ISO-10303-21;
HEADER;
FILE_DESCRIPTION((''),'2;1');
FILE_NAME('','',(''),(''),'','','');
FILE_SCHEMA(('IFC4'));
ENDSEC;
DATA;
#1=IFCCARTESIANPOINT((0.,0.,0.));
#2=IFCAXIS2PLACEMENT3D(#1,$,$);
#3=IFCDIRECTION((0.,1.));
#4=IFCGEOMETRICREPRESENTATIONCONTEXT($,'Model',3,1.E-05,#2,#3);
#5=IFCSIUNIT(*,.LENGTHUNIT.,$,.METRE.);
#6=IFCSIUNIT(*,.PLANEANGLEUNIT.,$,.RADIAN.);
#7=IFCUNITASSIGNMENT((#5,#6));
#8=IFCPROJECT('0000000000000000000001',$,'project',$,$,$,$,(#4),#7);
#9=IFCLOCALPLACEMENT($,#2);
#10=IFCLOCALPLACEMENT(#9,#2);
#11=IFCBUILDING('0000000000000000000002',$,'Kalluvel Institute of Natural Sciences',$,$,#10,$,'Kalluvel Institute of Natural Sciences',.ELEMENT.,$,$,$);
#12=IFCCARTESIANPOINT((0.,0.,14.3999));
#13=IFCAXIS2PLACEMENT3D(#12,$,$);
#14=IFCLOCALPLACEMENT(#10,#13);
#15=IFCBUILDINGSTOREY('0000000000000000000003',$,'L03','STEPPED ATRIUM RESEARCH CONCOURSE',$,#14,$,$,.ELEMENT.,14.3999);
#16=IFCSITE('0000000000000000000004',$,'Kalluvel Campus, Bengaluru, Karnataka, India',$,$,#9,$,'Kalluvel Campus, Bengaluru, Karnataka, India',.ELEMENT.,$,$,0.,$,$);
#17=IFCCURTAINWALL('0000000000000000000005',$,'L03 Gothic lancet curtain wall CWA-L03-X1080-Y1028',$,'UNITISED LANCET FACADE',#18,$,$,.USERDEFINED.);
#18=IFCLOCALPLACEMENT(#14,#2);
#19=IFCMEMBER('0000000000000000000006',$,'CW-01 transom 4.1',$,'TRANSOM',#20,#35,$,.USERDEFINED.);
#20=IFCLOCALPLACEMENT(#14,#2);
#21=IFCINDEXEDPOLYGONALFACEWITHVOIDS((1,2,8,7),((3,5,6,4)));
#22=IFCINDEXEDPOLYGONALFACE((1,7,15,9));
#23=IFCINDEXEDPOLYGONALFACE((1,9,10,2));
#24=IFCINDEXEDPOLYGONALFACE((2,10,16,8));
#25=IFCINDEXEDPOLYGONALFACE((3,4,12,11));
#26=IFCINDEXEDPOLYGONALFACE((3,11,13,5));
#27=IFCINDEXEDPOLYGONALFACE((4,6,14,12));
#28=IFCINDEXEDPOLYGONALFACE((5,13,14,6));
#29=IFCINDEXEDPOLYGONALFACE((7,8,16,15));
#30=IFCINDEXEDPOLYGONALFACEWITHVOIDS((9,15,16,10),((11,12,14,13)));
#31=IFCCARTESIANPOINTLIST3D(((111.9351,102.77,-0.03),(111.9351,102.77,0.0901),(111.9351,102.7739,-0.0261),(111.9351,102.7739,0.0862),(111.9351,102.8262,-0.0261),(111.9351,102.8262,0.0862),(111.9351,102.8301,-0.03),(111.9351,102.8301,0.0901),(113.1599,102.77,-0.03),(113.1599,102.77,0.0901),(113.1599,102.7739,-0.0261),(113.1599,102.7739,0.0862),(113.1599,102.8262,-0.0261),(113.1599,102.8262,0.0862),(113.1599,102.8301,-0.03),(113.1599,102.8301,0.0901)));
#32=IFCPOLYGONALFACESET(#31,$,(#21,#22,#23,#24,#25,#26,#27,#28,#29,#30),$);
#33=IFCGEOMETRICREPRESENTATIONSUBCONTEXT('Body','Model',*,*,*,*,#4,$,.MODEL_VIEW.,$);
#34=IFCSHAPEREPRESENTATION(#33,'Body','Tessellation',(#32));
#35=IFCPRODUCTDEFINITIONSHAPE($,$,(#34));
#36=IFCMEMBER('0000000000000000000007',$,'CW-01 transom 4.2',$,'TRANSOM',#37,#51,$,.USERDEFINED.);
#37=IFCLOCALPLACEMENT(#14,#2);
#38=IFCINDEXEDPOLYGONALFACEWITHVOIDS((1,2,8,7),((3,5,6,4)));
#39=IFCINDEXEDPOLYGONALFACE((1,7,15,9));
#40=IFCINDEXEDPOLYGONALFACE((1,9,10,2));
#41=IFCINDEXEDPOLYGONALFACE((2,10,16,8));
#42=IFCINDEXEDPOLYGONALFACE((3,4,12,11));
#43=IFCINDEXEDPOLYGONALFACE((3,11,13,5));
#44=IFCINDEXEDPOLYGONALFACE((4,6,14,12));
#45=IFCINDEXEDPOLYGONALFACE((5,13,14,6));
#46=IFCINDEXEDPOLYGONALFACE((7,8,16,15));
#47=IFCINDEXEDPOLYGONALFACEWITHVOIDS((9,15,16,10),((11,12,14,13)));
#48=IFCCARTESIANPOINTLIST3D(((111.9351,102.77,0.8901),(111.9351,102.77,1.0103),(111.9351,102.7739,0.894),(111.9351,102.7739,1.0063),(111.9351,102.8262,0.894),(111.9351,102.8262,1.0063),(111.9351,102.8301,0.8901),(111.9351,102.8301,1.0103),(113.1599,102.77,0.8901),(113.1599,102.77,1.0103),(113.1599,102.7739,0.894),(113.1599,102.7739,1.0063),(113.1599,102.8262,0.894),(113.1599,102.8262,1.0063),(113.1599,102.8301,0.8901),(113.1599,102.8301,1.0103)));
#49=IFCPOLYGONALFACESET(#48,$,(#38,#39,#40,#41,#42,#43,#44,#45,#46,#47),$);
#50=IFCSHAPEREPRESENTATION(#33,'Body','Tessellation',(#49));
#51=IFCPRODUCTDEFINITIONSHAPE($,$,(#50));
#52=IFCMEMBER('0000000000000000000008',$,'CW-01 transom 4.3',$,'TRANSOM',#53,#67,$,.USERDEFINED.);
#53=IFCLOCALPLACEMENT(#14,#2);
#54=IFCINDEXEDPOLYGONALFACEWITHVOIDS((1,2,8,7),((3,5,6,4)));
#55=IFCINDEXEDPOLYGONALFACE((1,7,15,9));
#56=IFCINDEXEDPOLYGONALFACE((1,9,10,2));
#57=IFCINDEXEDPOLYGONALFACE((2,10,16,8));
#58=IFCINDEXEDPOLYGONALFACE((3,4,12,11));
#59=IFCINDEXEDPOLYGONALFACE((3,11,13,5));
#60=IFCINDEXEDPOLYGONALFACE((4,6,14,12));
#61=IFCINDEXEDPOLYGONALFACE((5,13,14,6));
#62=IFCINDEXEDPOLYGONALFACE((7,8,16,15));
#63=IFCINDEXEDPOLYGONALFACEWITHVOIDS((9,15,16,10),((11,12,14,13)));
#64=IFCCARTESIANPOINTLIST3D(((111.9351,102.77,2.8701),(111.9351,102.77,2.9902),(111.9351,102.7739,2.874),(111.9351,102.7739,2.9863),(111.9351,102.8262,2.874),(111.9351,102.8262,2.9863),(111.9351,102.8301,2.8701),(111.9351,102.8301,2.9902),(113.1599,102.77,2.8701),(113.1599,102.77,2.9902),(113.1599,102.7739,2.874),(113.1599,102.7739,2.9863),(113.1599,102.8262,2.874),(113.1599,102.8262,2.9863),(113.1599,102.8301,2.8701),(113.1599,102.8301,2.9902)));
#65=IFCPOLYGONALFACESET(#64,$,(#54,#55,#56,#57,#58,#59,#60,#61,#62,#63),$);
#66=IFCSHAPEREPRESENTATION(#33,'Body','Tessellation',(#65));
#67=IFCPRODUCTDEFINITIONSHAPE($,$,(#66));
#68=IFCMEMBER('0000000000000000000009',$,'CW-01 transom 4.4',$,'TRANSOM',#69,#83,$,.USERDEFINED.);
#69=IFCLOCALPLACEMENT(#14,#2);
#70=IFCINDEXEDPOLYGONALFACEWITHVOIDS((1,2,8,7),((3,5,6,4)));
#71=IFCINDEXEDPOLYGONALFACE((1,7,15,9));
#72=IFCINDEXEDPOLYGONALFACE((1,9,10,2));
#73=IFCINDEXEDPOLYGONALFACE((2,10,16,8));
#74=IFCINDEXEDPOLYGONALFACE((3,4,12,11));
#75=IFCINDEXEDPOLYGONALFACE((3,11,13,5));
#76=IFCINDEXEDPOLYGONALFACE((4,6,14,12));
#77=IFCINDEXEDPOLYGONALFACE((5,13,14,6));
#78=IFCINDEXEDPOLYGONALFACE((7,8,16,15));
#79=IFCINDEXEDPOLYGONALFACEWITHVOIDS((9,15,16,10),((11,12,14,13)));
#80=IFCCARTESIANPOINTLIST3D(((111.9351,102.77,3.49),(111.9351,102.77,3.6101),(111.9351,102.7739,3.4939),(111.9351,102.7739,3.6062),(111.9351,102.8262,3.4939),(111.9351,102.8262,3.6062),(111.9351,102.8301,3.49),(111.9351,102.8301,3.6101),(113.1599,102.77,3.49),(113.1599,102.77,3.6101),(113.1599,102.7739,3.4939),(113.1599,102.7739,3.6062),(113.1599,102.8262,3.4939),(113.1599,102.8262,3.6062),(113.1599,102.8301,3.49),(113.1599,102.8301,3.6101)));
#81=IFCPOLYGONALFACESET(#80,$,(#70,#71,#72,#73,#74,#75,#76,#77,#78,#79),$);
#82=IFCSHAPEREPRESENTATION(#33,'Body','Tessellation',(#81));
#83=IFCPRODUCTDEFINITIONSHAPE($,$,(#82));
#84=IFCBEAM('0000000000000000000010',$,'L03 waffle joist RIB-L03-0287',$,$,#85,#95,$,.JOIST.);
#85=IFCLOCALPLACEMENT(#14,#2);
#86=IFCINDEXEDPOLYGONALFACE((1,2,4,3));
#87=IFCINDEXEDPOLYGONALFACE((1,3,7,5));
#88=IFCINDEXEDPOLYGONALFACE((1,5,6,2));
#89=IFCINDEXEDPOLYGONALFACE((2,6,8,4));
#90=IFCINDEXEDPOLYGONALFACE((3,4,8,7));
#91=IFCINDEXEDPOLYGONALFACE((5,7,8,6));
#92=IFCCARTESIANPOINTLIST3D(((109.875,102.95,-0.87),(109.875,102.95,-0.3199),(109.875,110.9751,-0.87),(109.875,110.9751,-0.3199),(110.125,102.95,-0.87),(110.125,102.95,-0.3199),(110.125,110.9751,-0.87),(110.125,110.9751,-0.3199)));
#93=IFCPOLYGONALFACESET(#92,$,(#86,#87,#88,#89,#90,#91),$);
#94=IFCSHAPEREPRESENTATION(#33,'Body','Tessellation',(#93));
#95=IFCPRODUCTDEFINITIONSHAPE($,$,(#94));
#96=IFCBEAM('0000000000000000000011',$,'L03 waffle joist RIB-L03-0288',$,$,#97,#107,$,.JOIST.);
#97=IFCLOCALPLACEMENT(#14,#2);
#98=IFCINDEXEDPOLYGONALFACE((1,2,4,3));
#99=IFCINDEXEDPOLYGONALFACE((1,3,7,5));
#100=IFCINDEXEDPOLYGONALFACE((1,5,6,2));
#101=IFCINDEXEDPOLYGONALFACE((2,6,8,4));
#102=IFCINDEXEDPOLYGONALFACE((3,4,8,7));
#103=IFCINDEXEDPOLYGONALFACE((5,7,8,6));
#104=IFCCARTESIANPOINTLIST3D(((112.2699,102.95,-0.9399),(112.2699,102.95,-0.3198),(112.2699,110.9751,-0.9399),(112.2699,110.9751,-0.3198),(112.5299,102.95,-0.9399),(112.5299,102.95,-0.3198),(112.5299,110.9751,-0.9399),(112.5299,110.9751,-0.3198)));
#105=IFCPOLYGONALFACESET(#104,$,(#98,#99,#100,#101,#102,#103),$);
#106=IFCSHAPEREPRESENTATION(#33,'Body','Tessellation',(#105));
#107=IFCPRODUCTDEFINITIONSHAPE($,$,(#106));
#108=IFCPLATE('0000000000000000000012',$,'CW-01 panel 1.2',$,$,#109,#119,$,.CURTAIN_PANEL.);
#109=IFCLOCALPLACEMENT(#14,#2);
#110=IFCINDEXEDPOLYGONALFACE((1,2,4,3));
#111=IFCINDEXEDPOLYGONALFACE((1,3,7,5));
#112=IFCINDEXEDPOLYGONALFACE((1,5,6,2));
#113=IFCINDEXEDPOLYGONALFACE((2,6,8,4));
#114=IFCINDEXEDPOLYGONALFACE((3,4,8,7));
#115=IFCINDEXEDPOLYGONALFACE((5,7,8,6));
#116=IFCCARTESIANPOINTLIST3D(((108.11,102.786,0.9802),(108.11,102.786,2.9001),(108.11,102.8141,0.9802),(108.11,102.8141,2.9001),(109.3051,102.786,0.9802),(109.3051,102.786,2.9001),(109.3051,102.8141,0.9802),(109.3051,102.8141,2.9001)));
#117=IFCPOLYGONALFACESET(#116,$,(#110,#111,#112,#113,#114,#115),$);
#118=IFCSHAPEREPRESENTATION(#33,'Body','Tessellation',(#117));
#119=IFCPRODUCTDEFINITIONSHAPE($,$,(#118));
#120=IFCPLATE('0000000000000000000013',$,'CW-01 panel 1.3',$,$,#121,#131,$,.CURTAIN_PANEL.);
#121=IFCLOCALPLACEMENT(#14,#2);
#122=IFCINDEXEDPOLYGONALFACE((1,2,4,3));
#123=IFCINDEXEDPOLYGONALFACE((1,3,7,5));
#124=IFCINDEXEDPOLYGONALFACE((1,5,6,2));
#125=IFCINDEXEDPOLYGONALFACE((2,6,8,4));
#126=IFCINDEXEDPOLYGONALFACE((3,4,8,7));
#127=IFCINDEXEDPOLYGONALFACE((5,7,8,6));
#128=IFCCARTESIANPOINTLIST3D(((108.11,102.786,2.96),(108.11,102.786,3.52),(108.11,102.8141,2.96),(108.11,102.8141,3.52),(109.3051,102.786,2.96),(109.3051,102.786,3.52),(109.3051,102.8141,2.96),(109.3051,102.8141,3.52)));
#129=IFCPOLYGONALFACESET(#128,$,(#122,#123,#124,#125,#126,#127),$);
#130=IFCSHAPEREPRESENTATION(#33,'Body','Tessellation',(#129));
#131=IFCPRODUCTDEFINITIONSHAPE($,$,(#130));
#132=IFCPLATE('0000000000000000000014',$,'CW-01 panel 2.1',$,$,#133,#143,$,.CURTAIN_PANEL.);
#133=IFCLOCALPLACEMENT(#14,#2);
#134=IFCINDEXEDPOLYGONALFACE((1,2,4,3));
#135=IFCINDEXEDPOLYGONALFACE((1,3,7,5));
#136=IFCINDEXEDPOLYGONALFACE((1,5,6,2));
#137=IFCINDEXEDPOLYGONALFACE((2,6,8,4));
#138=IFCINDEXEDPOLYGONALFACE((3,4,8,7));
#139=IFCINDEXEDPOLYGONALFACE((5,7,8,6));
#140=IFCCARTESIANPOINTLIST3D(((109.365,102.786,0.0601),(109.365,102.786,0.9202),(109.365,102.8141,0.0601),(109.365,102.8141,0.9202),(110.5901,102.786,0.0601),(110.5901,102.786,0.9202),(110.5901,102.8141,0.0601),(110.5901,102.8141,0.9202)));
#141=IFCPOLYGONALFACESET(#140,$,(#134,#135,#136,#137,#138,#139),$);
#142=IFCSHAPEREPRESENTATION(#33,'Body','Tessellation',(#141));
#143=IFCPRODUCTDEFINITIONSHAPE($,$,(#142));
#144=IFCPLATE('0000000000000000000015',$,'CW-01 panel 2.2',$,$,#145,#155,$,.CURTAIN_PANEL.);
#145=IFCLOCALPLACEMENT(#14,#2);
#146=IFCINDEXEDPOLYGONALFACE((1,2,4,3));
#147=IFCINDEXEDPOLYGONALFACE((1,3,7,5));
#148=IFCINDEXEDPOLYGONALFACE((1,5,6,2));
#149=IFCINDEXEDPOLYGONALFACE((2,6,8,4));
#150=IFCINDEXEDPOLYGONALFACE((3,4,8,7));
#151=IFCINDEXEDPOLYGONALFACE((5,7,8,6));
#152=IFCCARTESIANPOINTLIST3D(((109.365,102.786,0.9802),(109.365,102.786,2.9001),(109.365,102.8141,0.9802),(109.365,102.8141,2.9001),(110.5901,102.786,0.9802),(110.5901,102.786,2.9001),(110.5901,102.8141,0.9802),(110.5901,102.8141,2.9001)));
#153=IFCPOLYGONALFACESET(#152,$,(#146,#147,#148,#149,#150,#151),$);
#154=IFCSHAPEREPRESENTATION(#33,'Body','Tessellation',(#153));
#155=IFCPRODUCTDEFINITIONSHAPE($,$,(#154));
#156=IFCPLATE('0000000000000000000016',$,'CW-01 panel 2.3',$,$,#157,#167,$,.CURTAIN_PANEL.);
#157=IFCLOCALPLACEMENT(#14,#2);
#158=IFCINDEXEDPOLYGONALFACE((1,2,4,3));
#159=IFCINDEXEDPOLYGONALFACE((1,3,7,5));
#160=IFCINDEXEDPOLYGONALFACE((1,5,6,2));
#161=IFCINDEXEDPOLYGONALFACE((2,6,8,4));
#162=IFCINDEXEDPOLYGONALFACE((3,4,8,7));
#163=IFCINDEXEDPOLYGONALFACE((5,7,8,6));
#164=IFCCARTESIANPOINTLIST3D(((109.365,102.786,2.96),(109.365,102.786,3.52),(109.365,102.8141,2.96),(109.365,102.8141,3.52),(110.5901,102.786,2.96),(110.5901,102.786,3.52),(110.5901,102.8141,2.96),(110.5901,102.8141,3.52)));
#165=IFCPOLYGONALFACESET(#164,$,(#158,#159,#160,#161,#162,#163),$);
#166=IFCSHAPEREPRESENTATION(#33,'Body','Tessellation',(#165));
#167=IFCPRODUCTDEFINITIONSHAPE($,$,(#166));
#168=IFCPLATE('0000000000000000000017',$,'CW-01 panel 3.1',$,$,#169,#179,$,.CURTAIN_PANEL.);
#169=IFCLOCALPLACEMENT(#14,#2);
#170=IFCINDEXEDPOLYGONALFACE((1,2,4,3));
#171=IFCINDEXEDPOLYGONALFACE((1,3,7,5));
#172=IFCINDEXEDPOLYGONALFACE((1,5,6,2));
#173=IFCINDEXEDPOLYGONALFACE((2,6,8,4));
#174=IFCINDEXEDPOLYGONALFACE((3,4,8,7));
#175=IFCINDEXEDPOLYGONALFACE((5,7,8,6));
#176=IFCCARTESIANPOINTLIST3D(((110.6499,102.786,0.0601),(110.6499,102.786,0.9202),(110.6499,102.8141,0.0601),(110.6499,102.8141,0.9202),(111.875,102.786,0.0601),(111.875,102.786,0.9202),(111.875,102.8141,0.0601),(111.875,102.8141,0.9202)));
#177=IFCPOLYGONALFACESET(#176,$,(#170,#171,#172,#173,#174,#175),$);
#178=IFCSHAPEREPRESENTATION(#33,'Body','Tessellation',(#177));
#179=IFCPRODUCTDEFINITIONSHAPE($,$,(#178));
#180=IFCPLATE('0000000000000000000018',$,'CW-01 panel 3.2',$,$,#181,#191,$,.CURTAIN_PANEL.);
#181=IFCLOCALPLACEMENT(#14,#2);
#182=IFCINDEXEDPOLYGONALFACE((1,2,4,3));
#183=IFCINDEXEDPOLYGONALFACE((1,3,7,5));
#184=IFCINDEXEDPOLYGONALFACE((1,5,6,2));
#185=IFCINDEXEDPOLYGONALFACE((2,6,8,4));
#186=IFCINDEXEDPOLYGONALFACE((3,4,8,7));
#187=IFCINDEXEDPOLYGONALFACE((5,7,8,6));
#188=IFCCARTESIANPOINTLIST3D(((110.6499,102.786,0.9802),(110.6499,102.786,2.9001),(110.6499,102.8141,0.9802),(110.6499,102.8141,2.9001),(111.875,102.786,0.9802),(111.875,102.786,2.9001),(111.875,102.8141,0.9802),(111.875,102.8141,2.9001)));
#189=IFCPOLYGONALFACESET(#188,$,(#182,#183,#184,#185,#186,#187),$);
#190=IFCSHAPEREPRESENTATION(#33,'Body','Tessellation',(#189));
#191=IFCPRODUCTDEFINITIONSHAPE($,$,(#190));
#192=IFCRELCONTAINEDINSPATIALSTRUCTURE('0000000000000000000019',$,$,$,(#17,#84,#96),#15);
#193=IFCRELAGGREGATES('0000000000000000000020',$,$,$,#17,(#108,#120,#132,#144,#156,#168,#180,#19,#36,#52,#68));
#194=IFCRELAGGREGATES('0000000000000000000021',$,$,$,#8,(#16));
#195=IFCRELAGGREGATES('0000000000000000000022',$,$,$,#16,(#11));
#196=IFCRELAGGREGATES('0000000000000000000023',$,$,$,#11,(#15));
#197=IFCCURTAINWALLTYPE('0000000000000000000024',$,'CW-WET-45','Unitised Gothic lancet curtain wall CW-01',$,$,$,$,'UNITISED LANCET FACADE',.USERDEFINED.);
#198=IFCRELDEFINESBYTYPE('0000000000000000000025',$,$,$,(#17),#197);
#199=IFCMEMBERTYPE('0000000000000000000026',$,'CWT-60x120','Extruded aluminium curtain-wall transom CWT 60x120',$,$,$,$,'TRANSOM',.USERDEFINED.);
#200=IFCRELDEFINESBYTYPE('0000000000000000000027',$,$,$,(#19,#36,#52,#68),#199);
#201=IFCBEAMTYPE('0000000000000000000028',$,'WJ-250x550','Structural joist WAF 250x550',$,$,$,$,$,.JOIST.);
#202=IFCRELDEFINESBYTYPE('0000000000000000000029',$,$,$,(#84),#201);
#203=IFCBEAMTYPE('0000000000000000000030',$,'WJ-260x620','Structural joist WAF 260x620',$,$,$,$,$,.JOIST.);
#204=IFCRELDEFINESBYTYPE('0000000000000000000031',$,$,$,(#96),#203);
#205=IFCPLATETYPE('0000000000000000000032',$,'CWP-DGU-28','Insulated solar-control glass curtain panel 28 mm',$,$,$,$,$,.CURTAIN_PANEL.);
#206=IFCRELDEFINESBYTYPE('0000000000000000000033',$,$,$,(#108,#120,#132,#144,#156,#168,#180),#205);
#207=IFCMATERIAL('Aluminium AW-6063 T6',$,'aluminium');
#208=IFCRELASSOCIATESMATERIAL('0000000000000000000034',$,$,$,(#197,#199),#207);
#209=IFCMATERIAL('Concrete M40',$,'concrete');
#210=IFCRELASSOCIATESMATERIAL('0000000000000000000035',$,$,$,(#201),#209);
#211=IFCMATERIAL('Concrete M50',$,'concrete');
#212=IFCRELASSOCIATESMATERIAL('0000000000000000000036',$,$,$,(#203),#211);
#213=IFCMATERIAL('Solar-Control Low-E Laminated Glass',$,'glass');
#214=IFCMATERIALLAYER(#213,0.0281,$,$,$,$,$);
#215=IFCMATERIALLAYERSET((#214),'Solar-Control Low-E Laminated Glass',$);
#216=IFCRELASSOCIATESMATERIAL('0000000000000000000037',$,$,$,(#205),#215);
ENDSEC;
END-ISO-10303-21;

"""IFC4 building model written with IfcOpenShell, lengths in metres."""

from ifc_helpers import new_model, si_unit, direction, frame, origin, origin_2d, place, context, subcontext, project, spatial, rectangle, hollow_rectangle, extrude, material, layer, layer_set, material_profile, profile_set, type_object, element, aggregate, save


model = new_model("IFC4")

# Units and contexts
model_context = context("Model", 3, precision=1e-05, world=origin(), true_north=direction((0.0, 1.0)))
body_context = subcontext(model_context, "Body", "Model", "MODEL_VIEW")
ifc_project = project(units=[si_unit("LENGTHUNIT", "METRE"), si_unit("PLANEANGLEUNIT", "RADIAN")], contexts=[model_context])

# Site, building, storey
site_placement = place(None, origin())
site = spatial("IfcSite", under=ifc_project, at=site_placement, Name="Kalluvel Campus, Bengaluru, Karnataka, India", LongName="Kalluvel Campus, Bengaluru, Karnataka, India", CompositionType="ELEMENT", RefElevation=0.0)
building_placement = place(site_placement, origin())
building = spatial("IfcBuilding", under=site, at=building_placement, Name="Kalluvel Institute of Natural Sciences", LongName="Kalluvel Institute of Natural Sciences", CompositionType="ELEMENT")
storey_placement = place(building_placement, frame((0.0, 0.0, 14.3999)))
storey = spatial("IfcBuildingStorey", under=building, at=storey_placement, Name="L03", Description="STEPPED ATRIUM RESEARCH CONCOURSE", CompositionType="ELEMENT", Elevation=14.3999)

# Curtain wall, members
ifc_material_1 = material(Name="Aluminium AW-6063 T6", Category="aluminium")
curtain_wall_type = type_object("IfcCurtainWallType", Name="CW-WET-45", Description="Unitised Gothic lancet curtain wall CW-01", ElementType="UNITISED LANCET FACADE", PredefinedType="USERDEFINED", material=ifc_material_1)
curtain_wall_placement = place(storey_placement, origin())
curtain_wall = element("IfcCurtainWall", 1, at=curtain_wall_placement, inside=storey, type_object=curtain_wall_type, Name="L03 Gothic lancet curtain wall CWA-L03-X1080-Y1028", ObjectType="UNITISED LANCET FACADE", PredefinedType="USERDEFINED")
ifc_material_profile_1 = material_profile(ifc_material_1, hollow_rectangle(XDim=0.0601, YDim=0.1201, WallThickness=0.0039, at=origin_2d()), Name="CWT 60x120")
ifc_profile_set_1 = profile_set([ifc_material_profile_1], Name="Aluminium AW-6063 T6")
member_type_1 = type_object("IfcMemberType", Name="CWT-60x120", Description="Extruded aluminium curtain-wall transom CWT 60x120", ElementType="TRANSOM", PredefinedType="USERDEFINED", material=ifc_profile_set_1)
member_1_placement = place(storey_placement, frame((111.9351, 102.8, 0.03), z_axis=(1.0, 0.0, 0.0), x_axis=(0.0, 1.0, 0.0)))
member_1 = element("IfcMember", 2, at=member_1_placement, type_object=member_type_1, Name="CW-01 transom 4.1", ObjectType="TRANSOM", PredefinedType="USERDEFINED", context=body_context, shape_type="SweptSolid", body=[
    extrude(hollow_rectangle(XDim=0.0601, YDim=0.1201, WallThickness=0.0039, at=origin_2d()), origin(), (0.0, 0.0, 1.0), 1.2249),
])
member_2_placement = place(storey_placement, frame((111.9351, 102.8, 0.9502), z_axis=(1.0, 0.0, 0.0), x_axis=(0.0, 1.0, 0.0)))
member_2 = element("IfcMember", 3, at=member_2_placement, type_object=member_type_1, Name="CW-01 transom 4.2", ObjectType="TRANSOM", PredefinedType="USERDEFINED", context=body_context, shape_type="SweptSolid", body=[
    extrude(hollow_rectangle(XDim=0.0601, YDim=0.1201, WallThickness=0.0039, at=origin_2d()), origin(), (0.0, 0.0, 1.0), 1.2249),
])
member_3_placement = place(storey_placement, frame((111.9351, 102.8, 2.9302), z_axis=(1.0, 0.0, 0.0), x_axis=(0.0, 1.0, 0.0)))
member_3 = element("IfcMember", 4, at=member_3_placement, type_object=member_type_1, Name="CW-01 transom 4.3", ObjectType="TRANSOM", PredefinedType="USERDEFINED", context=body_context, shape_type="SweptSolid", body=[
    extrude(hollow_rectangle(XDim=0.0601, YDim=0.1201, WallThickness=0.0039, at=origin_2d()), origin(), (0.0, 0.0, 1.0), 1.2249),
])
member_4_placement = place(storey_placement, frame((111.9351, 102.8, 3.55), z_axis=(1.0, 0.0, 0.0), x_axis=(0.0, 1.0, 0.0)))
member_4 = element("IfcMember", 5, at=member_4_placement, type_object=member_type_1, Name="CW-01 transom 4.4", ObjectType="TRANSOM", PredefinedType="USERDEFINED", context=body_context, shape_type="SweptSolid", body=[
    extrude(hollow_rectangle(XDim=0.0601, YDim=0.1201, WallThickness=0.0039, at=origin_2d()), origin(), (0.0, 0.0, 1.0), 1.2249),
])

# Beams
ifc_material_2 = material(Name="Concrete M40", Category="concrete")
ifc_material_profile_2 = material_profile(ifc_material_2, rectangle(XDim=0.25, YDim=0.55, at=origin_2d()), Name="WAF 250x550")
ifc_profile_set_2 = profile_set([ifc_material_profile_2], Name="Concrete M40")
beam_type_1 = type_object("IfcBeamType", Name="WJ-250x550", Description="Structural joist WAF 250x550", PredefinedType="JOIST", material=ifc_profile_set_2)
beam_1_placement = place(storey_placement, frame((110.0, 102.95, -0.595), z_axis=(0.0, 1.0, 0.0), x_axis=(-1.0, 0.0, 0.0)))
element("IfcBeam", 6, at=beam_1_placement, inside=storey, type_object=beam_type_1, Name="L03 waffle joist RIB-L03-0287", PredefinedType="JOIST", context=body_context, shape_type="SweptSolid", body=[
    extrude(rectangle(XDim=0.25, YDim=0.55, at=origin_2d()), origin(), (0.0, 0.0, 1.0), 8.0251),
])
ifc_material_3 = material(Name="Concrete M50", Category="concrete")
ifc_material_profile_3 = material_profile(ifc_material_3, rectangle(XDim=0.26, YDim=0.6201, at=origin_2d()), Name="WAF 260x620")
ifc_profile_set_3 = profile_set([ifc_material_profile_3], Name="Concrete M50")
beam_type_2 = type_object("IfcBeamType", Name="WJ-260x620", Description="Structural joist WAF 260x620", PredefinedType="JOIST", material=ifc_profile_set_3)
beam_2_placement = place(storey_placement, frame((112.3999, 102.95, -0.6299), z_axis=(0.0, 1.0, 0.0), x_axis=(-1.0, 0.0, 0.0)))
element("IfcBeam", 7, at=beam_2_placement, inside=storey, type_object=beam_type_2, Name="L03 waffle joist RIB-L03-0288", PredefinedType="JOIST", context=body_context, shape_type="SweptSolid", body=[
    extrude(rectangle(XDim=0.26, YDim=0.6201, at=origin_2d()), origin(), (0.0, 0.0, 1.0), 8.0251),
])

# Plates
ifc_material_4 = material(Name="Solar-Control Low-E Laminated Glass", Category="glass")
ifc_layer = layer(ifc_material_4, 0.0281)
ifc_layer_set = layer_set([ifc_layer], Name="Solar-Control Low-E Laminated Glass")
plate_type = type_object("IfcPlateType", Name="CWP-DGU-28", Description="Insulated solar-control glass curtain panel 28 mm", PredefinedType="CURTAIN_PANEL", material=ifc_layer_set)
plate_1_placement = place(storey_placement, frame((108.7075, 102.8, 0.9802), z_axis=(0.0, 0.0, 1.0), x_axis=(1.0, 0.0, 0.0)))
plate_1 = element("IfcPlate", 8, at=plate_1_placement, type_object=plate_type, Name="CW-01 panel 1.2", PredefinedType="CURTAIN_PANEL", context=body_context, shape_type="SweptSolid", body=[
    extrude(rectangle(XDim=1.1951, YDim=0.0281, at=origin_2d()), origin(), (0.0, 0.0, 1.0), 1.9199),
])
plate_2_placement = place(storey_placement, frame((108.7075, 102.8, 2.96), z_axis=(0.0, 0.0, 1.0), x_axis=(1.0, 0.0, 0.0)))
plate_2 = element("IfcPlate", 9, at=plate_2_placement, type_object=plate_type, Name="CW-01 panel 1.3", PredefinedType="CURTAIN_PANEL", context=body_context, shape_type="SweptSolid", body=[
    extrude(rectangle(XDim=1.1951, YDim=0.0281, at=origin_2d()), origin(), (0.0, 0.0, 1.0), 0.5601),
])
plate_3_placement = place(storey_placement, frame((109.9775, 102.8, 0.0601), z_axis=(0.0, 0.0, 1.0), x_axis=(1.0, 0.0, 0.0)))
plate_3 = element("IfcPlate", 10, at=plate_3_placement, type_object=plate_type, Name="CW-01 panel 2.1", PredefinedType="CURTAIN_PANEL", context=body_context, shape_type="SweptSolid", body=[
    extrude(rectangle(XDim=1.2251, YDim=0.0281, at=origin_2d()), origin(), (0.0, 0.0, 1.0), 0.8601),
])
plate_4_placement = place(storey_placement, frame((109.9775, 102.8, 0.9802), z_axis=(0.0, 0.0, 1.0), x_axis=(1.0, 0.0, 0.0)))
plate_4 = element("IfcPlate", 11, at=plate_4_placement, type_object=plate_type, Name="CW-01 panel 2.2", PredefinedType="CURTAIN_PANEL", context=body_context, shape_type="SweptSolid", body=[
    extrude(rectangle(XDim=1.2251, YDim=0.0281, at=origin_2d()), origin(), (0.0, 0.0, 1.0), 1.9199),
])
plate_5_placement = place(storey_placement, frame((109.9775, 102.8, 2.96), z_axis=(0.0, 0.0, 1.0), x_axis=(1.0, 0.0, 0.0)))
plate_5 = element("IfcPlate", 12, at=plate_5_placement, type_object=plate_type, Name="CW-01 panel 2.3", PredefinedType="CURTAIN_PANEL", context=body_context, shape_type="SweptSolid", body=[
    extrude(rectangle(XDim=1.2251, YDim=0.0281, at=origin_2d()), origin(), (0.0, 0.0, 1.0), 0.5601),
])
plate_6_placement = place(storey_placement, frame((111.2625, 102.8, 0.0601), z_axis=(0.0, 0.0, 1.0), x_axis=(1.0, 0.0, 0.0)))
plate_6 = element("IfcPlate", 13, at=plate_6_placement, type_object=plate_type, Name="CW-01 panel 3.1", PredefinedType="CURTAIN_PANEL", context=body_context, shape_type="SweptSolid", body=[
    extrude(rectangle(XDim=1.2251, YDim=0.0281, at=origin_2d()), origin(), (0.0, 0.0, 1.0), 0.8601),
])
plate_7_placement = place(storey_placement, frame((111.2625, 102.8, 0.9802), z_axis=(0.0, 0.0, 1.0), x_axis=(1.0, 0.0, 0.0)))
plate_7 = element("IfcPlate", 14, at=plate_7_placement, type_object=plate_type, Name="CW-01 panel 3.2", PredefinedType="CURTAIN_PANEL", context=body_context, shape_type="SweptSolid", body=[
    extrude(rectangle(XDim=1.2251, YDim=0.0281, at=origin_2d()), origin(), (0.0, 0.0, 1.0), 1.9199),
])
aggregate(curtain_wall, [plate_1, plate_2, plate_3, plate_4, plate_5, plate_6, plate_7, member_1, member_2, member_3, member_4])

save(model, "model.ifc")
